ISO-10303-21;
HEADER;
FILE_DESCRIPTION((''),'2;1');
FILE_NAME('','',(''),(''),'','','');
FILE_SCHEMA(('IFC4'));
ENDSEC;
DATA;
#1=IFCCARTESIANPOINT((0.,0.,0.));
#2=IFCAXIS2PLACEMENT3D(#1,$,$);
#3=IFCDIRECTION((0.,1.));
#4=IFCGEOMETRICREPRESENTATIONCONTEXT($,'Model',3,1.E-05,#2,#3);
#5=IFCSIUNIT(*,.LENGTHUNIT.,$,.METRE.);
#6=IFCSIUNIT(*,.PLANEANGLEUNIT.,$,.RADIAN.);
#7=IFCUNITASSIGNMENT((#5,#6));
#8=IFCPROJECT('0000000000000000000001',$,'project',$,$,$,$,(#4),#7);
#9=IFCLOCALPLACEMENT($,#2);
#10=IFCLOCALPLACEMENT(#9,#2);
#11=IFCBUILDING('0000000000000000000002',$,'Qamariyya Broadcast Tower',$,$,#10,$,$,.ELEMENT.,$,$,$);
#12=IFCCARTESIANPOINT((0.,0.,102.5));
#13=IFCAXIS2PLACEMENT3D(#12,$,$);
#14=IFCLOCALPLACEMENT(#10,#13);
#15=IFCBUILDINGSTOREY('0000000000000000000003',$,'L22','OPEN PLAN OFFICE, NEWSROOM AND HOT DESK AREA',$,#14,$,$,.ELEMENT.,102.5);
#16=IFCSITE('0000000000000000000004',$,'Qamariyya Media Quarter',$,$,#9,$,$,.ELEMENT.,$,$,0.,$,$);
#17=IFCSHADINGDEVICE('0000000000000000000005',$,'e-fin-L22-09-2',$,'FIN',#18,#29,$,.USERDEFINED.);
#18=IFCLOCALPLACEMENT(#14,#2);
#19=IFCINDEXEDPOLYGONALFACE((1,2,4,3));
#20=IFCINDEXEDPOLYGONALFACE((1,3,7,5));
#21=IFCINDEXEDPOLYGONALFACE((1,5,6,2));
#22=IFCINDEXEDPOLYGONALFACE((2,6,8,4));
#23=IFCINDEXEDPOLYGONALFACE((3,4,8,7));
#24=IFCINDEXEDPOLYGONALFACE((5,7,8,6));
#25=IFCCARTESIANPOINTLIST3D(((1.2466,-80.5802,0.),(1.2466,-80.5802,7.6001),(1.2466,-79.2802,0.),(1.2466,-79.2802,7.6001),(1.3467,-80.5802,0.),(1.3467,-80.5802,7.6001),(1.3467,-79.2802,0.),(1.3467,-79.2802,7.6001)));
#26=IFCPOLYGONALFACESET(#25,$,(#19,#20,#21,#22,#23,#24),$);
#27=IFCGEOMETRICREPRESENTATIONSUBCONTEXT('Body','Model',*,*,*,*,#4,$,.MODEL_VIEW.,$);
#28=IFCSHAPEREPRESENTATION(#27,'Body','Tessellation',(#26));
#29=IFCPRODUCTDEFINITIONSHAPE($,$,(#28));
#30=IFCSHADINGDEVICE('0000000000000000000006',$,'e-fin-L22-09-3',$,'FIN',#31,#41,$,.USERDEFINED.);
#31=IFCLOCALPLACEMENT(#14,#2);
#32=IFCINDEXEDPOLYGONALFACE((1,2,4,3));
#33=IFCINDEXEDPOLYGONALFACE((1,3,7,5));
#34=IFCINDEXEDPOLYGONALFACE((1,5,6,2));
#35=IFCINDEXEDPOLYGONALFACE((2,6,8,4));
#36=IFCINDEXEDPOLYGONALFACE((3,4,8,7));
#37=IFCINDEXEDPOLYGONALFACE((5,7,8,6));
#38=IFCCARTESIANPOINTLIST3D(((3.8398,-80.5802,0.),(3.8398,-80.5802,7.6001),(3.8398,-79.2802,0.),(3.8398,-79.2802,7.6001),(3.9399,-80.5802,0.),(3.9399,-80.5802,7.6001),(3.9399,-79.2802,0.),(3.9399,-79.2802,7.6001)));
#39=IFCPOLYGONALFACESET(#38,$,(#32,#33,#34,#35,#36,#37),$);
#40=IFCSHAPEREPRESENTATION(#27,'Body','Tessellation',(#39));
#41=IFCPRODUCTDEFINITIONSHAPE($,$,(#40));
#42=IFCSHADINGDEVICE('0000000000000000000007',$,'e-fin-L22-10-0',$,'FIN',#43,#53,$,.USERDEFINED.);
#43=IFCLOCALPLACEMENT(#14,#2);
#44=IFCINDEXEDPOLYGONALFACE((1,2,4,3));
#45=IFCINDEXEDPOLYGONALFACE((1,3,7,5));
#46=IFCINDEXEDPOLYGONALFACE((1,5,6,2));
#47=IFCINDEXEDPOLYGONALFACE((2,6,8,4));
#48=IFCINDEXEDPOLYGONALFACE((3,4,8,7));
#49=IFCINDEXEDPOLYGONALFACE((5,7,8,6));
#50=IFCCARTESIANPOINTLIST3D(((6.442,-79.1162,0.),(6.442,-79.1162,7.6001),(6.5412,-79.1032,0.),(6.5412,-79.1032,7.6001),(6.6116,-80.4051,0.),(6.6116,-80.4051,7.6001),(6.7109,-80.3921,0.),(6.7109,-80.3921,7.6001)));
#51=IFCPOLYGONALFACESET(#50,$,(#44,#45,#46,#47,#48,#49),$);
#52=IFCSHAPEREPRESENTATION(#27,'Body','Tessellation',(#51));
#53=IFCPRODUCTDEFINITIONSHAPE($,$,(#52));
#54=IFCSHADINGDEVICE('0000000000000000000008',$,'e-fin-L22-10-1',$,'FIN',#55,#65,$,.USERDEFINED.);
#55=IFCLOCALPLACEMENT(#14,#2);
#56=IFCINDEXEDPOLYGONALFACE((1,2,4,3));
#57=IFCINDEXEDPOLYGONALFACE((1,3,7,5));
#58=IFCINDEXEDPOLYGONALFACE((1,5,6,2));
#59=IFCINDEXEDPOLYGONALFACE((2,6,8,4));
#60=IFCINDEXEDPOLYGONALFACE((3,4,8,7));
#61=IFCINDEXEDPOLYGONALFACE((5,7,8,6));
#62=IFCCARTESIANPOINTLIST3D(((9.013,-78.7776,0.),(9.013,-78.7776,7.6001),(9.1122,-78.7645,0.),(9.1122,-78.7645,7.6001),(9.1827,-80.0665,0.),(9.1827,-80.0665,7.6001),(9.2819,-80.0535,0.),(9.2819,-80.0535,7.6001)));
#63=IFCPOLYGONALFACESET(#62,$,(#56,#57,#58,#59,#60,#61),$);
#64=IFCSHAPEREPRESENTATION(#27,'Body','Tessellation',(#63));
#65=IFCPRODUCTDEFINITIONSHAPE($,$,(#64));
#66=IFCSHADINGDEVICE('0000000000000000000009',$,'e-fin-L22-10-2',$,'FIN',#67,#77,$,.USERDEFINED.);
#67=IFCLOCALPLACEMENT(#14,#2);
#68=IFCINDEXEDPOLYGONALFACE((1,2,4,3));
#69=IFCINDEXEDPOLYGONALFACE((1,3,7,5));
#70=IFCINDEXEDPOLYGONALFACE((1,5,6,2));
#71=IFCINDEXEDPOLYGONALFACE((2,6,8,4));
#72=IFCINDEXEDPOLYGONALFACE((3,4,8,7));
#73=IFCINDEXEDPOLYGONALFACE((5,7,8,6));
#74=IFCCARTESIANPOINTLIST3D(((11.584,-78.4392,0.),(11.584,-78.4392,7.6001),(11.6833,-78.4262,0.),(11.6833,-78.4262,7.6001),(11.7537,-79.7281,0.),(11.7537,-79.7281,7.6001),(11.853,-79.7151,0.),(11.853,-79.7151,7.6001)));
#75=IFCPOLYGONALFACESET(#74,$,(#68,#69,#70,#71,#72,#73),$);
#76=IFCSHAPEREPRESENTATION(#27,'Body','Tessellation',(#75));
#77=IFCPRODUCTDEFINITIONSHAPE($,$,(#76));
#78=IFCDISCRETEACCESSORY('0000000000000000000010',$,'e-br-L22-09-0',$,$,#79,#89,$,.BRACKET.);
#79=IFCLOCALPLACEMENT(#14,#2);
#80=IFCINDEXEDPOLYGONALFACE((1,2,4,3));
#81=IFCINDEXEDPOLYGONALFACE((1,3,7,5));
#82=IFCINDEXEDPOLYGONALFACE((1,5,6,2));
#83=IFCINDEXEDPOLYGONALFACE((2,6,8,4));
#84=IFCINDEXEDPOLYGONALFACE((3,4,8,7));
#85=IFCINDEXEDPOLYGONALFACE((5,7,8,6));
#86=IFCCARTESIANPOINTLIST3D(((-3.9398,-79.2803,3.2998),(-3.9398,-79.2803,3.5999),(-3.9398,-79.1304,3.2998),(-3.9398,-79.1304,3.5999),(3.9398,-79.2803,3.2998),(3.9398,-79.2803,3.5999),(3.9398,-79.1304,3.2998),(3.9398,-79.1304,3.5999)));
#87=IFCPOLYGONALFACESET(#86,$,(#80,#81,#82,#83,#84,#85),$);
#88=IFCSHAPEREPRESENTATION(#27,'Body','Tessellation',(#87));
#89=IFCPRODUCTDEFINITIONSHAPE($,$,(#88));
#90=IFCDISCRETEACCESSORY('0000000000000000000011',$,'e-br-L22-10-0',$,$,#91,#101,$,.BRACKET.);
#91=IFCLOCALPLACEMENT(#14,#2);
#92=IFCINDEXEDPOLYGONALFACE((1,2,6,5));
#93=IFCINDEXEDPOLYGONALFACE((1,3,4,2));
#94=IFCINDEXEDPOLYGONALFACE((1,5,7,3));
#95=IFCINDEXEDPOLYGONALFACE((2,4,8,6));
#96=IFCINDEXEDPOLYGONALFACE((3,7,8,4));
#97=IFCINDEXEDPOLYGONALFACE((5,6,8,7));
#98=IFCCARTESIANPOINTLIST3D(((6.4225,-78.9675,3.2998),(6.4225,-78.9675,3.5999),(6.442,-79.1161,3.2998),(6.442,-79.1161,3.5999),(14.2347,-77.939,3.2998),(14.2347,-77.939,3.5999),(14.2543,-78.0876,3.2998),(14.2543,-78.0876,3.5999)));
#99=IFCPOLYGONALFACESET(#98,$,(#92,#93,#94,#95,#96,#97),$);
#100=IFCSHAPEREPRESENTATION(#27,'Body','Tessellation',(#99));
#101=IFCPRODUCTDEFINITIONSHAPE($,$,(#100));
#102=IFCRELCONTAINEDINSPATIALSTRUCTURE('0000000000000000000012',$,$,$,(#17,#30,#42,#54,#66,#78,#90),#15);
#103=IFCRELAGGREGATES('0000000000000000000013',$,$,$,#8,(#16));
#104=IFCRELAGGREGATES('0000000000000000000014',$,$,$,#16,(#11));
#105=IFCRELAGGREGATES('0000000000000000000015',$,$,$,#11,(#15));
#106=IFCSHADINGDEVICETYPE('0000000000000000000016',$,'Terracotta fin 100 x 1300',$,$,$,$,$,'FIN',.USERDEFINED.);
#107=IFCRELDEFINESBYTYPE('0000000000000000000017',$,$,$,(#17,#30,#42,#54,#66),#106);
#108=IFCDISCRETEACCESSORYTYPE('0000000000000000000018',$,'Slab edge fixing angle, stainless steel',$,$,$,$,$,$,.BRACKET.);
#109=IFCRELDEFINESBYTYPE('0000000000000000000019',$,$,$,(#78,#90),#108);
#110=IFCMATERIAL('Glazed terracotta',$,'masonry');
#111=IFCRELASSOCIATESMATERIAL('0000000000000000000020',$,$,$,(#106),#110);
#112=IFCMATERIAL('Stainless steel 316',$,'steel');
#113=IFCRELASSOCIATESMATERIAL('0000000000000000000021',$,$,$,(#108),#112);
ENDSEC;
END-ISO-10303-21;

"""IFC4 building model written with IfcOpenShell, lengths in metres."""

from ifc_helpers import new_model, si_unit, direction, frame, origin, origin_2d, place, context, subcontext, project, spatial, rectangle, extrude, material, material_profile, profile_set, type_object, element, save


model = new_model("IFC4")

# Units and contexts
model_context = context("Model", 3, precision=1e-05, world=origin(), true_north=direction((0.0, 1.0)))
body_context = subcontext(model_context, "Body", "Model", "MODEL_VIEW")
ifc_project = project(units=[si_unit("LENGTHUNIT", "METRE"), si_unit("PLANEANGLEUNIT", "RADIAN")], contexts=[model_context])

# Site, building, storey
site_placement = place(None, origin())
site = spatial("IfcSite", under=ifc_project, at=site_placement, Name="Qamariyya Media Quarter", CompositionType="ELEMENT", RefElevation=0.0)
building_placement = place(site_placement, origin())
building = spatial("IfcBuilding", under=site, at=building_placement, Name="Qamariyya Broadcast Tower", CompositionType="ELEMENT")
storey_placement = place(building_placement, frame((0.0, 0.0, 102.5)))
storey = spatial("IfcBuildingStorey", under=building, at=storey_placement, Name="L22", Description="OPEN PLAN OFFICE, NEWSROOM AND HOT DESK AREA", CompositionType="ELEMENT", Elevation=102.5)

# Shading devices
ifc_material_1 = material(Name="Glazed terracotta", Category="masonry")
ifc_material_profile_1 = material_profile(ifc_material_1, rectangle(XDim=1.3, YDim=0.1001, at=origin_2d()))
ifc_profile_set_1 = profile_set([ifc_material_profile_1], Name="Glazed terracotta")
shading_device_type_1 = type_object("IfcShadingDeviceType", Name="Terracotta fin 100 x 1300", ElementType="FIN", PredefinedType="USERDEFINED", material=ifc_profile_set_1)
for number, where, z_axis, x_axis, name in (
    (1, (1.2966, -79.9302, 0.0), (0.0, 0.0, 1.0), (0.0, -1.0, 0.0), "e-fin-L22-09-2"),
    (2, (3.8899, -79.9302, 0.0), (0.0, 0.0, 1.0), (0.0, -1.0, 0.0), "e-fin-L22-09-3"),
    (3, (6.5764, -79.7542, 0.0), (0.0, 0.0, 1.0), (0.130526, -0.991445, 0.0), "e-fin-L22-10-0"),
    (4, (9.1475, -79.4155, 0.0), (0.0, 0.0, 1.0), (0.130526, -0.991445, 0.0), "e-fin-L22-10-1"),
    (5, (11.7185, -79.0771, 0.0), (0.0, 0.0, 1.0), (0.130526, -0.991445, 0.0), "e-fin-L22-10-2"),
):
    element("IfcShadingDevice", number, at=place(storey_placement, frame(where, z_axis=z_axis, x_axis=x_axis)), inside=storey, type_object=shading_device_type_1, Name=name, ObjectType="FIN", PredefinedType="USERDEFINED", context=body_context, shape_type="SweptSolid", body=[
        extrude(rectangle(XDim=1.3, YDim=0.1001, at=origin_2d()), origin(), (0.0, 0.0, 1.0), 7.6001),
    ])

# Discrete accessories
ifc_material_2 = material(Name="Stainless steel 316", Category="steel")
discrete_accessory_type = type_object("IfcDiscreteAccessoryType", Name="Slab edge fixing angle, stainless steel", PredefinedType="BRACKET", material=ifc_material_2)
for number, where, z_axis, x_axis, name in (
    (6, (0.0, -79.2053, 3.2998), (0.0, 0.0, 1.0), (1.0, 0.0, 0.0), "e-br-L22-09-0"),
    (7, (10.3384, -78.5276, 3.2998), (0.0, 0.0, 1.0), (0.991445, 0.130526, 0.0), "e-br-L22-10-0"),
):
    element("IfcDiscreteAccessory", number, at=place(storey_placement, frame(where, z_axis=z_axis, x_axis=x_axis)), inside=storey, type_object=discrete_accessory_type, Name=name, PredefinedType="BRACKET", context=body_context, shape_type="SweptSolid", body=[
        extrude(rectangle(XDim=7.8796, YDim=0.1499, at=origin_2d()), origin(), (0.0, 0.0, 1.0), 0.3),
    ])

save(model, "model.ifc")
